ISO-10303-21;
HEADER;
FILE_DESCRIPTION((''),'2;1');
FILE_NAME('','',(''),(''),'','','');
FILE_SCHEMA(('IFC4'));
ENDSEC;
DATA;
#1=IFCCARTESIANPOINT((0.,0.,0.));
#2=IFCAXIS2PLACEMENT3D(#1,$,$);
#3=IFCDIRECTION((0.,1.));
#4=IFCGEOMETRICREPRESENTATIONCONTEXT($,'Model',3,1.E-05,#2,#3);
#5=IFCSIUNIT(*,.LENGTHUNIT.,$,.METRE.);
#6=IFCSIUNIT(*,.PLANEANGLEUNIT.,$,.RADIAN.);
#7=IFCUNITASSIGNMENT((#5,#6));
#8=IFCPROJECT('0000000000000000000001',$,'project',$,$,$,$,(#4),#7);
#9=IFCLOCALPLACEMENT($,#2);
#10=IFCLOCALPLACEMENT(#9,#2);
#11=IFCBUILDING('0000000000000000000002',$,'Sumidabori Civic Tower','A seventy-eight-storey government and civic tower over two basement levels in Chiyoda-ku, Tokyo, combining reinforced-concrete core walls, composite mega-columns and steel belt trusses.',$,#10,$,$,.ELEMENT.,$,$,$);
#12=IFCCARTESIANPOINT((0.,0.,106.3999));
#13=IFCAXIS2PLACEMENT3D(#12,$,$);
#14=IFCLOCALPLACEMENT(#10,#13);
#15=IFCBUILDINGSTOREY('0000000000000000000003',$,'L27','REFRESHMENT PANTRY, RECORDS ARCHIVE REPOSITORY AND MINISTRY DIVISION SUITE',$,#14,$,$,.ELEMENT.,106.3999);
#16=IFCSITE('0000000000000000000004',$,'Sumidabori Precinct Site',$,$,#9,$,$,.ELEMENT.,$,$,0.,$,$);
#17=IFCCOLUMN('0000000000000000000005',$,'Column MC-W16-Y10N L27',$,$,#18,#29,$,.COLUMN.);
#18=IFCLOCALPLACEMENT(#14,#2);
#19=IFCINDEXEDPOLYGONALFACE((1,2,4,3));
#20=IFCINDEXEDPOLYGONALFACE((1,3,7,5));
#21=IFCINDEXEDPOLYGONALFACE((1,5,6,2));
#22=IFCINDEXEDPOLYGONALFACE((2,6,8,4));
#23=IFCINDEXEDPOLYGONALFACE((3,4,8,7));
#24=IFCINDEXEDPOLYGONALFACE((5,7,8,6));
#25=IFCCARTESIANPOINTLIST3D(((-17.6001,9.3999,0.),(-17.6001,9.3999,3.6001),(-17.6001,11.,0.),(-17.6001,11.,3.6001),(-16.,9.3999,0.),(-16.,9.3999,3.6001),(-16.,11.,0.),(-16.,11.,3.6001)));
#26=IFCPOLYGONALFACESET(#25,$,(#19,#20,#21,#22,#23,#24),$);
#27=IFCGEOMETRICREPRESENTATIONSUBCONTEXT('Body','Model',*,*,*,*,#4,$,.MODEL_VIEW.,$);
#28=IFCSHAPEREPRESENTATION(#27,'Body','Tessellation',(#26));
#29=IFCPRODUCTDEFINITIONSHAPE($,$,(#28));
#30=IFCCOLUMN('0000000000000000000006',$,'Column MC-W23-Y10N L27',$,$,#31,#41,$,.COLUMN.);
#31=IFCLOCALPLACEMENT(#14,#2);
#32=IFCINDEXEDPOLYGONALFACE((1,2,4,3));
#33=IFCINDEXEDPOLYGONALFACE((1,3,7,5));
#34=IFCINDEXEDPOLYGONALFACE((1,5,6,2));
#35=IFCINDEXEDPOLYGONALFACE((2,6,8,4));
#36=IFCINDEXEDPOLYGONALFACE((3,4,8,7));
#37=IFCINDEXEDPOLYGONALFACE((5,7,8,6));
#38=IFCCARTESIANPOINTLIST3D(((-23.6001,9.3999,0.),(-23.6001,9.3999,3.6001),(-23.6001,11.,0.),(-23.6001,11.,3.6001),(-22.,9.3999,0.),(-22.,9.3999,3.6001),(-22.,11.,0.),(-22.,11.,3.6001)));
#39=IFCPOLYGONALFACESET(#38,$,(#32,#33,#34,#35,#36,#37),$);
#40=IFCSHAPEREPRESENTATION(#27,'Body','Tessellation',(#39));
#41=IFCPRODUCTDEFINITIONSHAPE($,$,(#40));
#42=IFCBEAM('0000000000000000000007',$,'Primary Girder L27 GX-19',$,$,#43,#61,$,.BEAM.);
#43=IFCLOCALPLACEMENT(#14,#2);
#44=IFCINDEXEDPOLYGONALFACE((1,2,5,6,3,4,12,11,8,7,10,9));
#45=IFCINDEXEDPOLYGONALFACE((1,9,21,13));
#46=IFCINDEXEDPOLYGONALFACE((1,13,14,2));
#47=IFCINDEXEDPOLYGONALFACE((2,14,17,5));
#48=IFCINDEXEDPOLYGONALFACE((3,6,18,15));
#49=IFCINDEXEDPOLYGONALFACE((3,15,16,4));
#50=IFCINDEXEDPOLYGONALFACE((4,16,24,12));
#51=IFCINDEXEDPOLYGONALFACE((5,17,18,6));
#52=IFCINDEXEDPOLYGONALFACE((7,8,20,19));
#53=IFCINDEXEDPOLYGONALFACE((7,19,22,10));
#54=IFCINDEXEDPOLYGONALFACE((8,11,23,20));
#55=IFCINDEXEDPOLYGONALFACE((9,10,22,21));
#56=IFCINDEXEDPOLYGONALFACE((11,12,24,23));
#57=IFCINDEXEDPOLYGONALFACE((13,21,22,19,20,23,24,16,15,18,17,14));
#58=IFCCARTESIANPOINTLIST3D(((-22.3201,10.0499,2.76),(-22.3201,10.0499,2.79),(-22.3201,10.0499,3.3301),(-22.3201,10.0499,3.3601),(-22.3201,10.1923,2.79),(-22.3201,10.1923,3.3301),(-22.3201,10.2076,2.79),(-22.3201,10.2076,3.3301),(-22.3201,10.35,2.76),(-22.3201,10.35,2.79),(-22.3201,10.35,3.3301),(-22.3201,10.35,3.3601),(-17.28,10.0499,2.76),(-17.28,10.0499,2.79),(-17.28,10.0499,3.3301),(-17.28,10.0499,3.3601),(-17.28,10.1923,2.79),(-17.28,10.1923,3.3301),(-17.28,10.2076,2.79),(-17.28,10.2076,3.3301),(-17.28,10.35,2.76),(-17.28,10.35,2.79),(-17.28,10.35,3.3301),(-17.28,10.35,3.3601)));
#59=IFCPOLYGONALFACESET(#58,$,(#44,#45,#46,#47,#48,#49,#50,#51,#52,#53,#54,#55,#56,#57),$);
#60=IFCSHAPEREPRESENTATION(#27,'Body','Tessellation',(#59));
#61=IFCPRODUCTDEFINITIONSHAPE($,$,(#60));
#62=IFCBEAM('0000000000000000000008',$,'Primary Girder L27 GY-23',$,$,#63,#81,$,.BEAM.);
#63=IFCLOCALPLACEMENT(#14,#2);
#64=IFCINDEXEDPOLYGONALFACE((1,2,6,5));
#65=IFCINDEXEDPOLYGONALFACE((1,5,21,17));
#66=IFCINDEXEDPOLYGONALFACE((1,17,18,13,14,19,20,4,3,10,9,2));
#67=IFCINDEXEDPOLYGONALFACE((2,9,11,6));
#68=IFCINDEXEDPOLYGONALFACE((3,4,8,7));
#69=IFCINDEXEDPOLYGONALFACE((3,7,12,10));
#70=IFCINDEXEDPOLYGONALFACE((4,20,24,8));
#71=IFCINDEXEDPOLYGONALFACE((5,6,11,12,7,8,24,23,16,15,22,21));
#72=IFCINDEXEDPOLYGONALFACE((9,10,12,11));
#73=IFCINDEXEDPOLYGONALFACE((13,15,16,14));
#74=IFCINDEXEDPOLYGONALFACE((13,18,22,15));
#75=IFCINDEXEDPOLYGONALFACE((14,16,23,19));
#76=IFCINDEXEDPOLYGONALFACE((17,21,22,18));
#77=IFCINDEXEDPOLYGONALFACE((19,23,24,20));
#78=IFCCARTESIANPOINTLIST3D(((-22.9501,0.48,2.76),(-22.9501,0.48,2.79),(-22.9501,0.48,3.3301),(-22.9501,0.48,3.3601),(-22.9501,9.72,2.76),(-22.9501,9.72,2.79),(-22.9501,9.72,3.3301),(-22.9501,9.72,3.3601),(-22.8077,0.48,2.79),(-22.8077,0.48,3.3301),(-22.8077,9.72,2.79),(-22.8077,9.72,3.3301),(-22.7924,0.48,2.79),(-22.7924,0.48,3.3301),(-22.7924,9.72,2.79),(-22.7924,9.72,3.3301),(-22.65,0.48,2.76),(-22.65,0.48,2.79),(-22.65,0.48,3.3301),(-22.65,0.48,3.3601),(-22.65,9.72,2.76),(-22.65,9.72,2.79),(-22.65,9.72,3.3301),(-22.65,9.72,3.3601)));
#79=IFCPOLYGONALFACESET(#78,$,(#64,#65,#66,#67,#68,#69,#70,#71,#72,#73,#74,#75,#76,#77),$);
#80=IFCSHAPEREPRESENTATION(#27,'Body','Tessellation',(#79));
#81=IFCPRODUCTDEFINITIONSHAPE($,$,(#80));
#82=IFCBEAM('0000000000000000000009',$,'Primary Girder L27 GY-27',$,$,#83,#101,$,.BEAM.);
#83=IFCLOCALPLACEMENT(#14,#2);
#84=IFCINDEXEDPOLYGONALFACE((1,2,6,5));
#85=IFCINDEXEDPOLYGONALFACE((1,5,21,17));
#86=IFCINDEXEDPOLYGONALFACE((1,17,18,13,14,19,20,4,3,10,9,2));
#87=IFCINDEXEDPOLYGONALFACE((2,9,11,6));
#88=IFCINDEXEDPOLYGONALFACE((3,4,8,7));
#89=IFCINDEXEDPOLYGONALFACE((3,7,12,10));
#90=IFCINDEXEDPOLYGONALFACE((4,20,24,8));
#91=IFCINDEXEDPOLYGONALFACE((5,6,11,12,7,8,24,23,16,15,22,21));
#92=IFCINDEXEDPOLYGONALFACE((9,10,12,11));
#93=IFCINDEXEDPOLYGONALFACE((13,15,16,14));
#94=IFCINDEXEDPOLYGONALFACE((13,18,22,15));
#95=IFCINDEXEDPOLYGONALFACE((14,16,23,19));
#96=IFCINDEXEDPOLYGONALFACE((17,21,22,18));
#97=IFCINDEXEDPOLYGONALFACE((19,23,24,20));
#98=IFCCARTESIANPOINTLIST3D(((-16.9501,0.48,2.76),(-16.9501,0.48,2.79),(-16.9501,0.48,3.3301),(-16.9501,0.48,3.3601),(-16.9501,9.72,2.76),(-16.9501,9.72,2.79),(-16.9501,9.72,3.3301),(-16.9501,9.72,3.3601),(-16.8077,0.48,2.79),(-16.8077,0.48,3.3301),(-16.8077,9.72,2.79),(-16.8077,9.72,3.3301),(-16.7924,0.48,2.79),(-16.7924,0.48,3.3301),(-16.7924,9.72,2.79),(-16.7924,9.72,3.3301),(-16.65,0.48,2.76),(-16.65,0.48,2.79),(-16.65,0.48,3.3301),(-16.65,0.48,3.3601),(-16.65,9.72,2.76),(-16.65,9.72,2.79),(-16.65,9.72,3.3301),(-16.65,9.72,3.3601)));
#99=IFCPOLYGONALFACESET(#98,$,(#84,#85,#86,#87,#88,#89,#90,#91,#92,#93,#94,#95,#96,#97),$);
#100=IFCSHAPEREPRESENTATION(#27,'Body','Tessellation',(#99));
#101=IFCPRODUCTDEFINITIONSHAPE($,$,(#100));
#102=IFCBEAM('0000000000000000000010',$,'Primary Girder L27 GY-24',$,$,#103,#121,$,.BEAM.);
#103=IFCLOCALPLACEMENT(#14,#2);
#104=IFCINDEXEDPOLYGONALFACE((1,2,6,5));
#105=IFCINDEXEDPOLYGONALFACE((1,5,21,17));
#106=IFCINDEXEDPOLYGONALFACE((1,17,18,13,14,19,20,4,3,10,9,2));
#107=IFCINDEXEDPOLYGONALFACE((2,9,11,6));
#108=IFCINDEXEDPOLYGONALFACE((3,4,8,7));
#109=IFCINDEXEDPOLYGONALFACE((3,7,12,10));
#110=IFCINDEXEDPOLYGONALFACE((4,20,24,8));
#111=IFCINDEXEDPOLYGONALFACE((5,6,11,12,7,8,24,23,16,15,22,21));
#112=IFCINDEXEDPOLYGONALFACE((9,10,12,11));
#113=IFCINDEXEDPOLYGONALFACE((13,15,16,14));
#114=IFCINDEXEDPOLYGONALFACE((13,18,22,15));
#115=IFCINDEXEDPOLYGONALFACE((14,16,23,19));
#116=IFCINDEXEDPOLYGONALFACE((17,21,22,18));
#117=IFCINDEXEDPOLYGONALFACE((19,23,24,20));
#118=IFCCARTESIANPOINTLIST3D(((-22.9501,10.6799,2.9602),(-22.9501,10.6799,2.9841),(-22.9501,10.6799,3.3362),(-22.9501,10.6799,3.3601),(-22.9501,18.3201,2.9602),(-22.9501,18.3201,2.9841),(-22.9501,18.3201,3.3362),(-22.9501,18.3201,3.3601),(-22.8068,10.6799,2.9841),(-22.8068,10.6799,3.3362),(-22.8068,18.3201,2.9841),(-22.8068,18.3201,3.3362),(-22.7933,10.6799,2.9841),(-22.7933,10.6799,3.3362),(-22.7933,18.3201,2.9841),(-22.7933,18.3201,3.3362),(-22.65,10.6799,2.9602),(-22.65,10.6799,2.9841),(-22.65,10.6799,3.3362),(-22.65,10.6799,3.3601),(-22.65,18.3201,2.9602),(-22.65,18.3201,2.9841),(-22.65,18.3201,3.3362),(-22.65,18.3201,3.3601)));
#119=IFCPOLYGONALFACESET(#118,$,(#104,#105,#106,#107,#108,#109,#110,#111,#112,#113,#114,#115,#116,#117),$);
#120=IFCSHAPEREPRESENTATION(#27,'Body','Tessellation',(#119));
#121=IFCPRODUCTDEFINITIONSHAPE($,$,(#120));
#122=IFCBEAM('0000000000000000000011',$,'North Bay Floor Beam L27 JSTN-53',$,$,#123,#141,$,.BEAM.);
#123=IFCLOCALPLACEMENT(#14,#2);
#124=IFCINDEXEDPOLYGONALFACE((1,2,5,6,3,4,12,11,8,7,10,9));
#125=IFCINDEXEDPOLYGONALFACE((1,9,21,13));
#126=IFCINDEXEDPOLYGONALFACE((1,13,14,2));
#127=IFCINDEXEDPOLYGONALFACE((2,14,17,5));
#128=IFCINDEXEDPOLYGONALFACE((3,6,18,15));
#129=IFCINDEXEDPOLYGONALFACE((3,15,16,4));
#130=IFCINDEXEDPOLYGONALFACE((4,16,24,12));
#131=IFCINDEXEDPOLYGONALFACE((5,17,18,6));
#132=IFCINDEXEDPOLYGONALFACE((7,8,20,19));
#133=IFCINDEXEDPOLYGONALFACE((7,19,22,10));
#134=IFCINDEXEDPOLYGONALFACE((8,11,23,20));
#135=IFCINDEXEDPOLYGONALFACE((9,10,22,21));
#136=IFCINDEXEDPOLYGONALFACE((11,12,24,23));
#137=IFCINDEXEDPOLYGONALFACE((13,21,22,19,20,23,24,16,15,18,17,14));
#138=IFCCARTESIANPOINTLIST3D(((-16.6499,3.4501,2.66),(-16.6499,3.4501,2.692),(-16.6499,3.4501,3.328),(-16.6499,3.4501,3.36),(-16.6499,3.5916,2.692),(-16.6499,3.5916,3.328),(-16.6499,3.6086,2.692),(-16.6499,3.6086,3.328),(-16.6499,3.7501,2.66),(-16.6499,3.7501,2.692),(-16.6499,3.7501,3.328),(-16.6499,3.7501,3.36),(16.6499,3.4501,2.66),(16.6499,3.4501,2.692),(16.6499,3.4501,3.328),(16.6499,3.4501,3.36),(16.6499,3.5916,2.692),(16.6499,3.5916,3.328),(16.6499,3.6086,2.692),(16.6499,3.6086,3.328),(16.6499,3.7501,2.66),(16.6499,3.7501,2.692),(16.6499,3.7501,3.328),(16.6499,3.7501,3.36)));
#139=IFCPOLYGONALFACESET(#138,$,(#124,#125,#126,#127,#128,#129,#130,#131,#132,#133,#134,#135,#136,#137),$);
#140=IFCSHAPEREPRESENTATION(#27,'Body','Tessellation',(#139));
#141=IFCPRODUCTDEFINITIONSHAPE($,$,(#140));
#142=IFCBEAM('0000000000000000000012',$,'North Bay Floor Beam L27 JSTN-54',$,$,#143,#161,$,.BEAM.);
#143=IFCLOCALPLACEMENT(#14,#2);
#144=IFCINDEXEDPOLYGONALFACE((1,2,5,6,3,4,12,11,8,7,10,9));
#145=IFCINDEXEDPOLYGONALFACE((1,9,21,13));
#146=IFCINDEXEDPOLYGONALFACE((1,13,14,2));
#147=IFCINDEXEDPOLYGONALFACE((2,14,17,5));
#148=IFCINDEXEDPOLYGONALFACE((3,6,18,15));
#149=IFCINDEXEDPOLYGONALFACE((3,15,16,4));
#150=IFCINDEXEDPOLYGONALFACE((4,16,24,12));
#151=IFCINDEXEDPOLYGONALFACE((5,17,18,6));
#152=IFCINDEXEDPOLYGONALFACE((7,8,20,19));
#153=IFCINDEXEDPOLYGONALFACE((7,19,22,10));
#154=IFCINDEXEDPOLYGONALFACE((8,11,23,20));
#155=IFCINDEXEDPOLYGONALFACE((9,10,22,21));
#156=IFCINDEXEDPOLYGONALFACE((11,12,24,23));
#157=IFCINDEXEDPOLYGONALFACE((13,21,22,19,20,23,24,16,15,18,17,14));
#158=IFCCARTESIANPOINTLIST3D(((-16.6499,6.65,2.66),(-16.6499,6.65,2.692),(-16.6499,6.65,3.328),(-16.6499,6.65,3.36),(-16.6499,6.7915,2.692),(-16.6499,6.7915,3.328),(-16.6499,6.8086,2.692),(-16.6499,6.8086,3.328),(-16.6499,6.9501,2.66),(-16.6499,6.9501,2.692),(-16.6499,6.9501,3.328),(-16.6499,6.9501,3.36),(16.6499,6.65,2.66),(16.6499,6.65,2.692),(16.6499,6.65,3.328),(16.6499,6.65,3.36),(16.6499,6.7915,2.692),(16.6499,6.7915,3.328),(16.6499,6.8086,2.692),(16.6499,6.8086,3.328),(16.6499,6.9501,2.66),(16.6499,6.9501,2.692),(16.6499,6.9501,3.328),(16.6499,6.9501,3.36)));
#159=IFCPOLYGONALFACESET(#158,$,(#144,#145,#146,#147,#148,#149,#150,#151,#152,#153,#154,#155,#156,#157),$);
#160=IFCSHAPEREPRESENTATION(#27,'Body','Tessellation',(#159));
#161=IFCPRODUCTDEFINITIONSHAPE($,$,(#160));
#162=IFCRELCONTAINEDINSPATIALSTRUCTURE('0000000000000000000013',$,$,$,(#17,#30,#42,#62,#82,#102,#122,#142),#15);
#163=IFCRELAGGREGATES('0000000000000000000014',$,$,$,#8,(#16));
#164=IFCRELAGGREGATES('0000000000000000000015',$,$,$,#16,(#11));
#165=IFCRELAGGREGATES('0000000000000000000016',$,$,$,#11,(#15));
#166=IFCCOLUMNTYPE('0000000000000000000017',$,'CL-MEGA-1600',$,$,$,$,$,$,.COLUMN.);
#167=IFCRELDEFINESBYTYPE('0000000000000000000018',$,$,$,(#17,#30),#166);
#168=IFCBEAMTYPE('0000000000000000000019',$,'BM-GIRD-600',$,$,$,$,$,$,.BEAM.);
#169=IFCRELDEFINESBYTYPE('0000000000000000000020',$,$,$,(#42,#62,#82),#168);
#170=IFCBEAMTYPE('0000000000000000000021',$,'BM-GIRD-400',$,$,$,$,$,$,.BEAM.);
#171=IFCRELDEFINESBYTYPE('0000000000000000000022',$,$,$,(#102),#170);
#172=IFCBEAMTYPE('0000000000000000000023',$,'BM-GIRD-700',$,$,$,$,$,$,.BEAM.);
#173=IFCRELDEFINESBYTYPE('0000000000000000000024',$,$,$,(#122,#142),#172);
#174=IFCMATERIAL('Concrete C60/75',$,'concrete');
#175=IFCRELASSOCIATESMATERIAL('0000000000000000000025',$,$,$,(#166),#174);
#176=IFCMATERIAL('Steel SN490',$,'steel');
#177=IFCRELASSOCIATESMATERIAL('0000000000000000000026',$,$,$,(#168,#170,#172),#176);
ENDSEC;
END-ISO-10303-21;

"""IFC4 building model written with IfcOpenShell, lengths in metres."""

from ifc_helpers import new_model, si_unit, direction, frame, origin, origin_2d, place, context, subcontext, project, spatial, rectangle, i_section, extrude, source, transform, mapped, material, material_profile, profile_set, type_object, element, save


model = new_model("IFC4")

# Units and contexts
model_context = context("Model", 3, precision=1e-05, world=origin(), true_north=direction((0.0, 1.0)))
body_context = subcontext(model_context, "Body", "Model", "MODEL_VIEW")
ifc_project = project(units=[si_unit("LENGTHUNIT", "METRE"), si_unit("PLANEANGLEUNIT", "RADIAN")], contexts=[model_context])

# Site, building, storey
site_placement = place(None, origin())
site = spatial("IfcSite", under=ifc_project, at=site_placement, Name="Sumidabori Precinct Site", CompositionType="ELEMENT", RefElevation=0.0)
building_placement = place(site_placement, origin())
building = spatial("IfcBuilding", under=site, at=building_placement, Name="Sumidabori Civic Tower", Description="A seventy-eight-storey government and civic tower over two basement levels in Chiyoda-ku, Tokyo, combining reinforced-concrete core walls, composite mega-columns and steel belt trusses.", CompositionType="ELEMENT")
storey_placement = place(building_placement, frame((0.0, 0.0, 106.3999)))
storey = spatial("IfcBuildingStorey", under=building, at=storey_placement, Name="L27", Description="REFRESHMENT PANTRY, RECORDS ARCHIVE REPOSITORY AND MINISTRY DIVISION SUITE", CompositionType="ELEMENT", Elevation=106.3999)

# Columns
ifc_material_1 = material(Name="Concrete C60/75", Category="concrete")
ifc_material_profile_1 = material_profile(ifc_material_1, rectangle(XDim=1.6001, YDim=1.6001, at=origin_2d()), Name="RC 1600x1600")
ifc_profile_set_1 = profile_set([ifc_material_profile_1], Name="Concrete C60/75")
column_type = type_object("IfcColumnType", Name="CL-MEGA-1600", PredefinedType="COLUMN", material=ifc_profile_set_1)
shared_shape_1 = source(origin(), body_context, "Body", "SweptSolid", [
    extrude(rectangle(XDim=1.6001, YDim=1.6001, at=origin_2d()), origin(), (0.0, 0.0, 1.0), 3.6001),
])
for number, where, z_axis, x_axis, name in (
    (1, (-16.8, 10.2, 0.0), (0.0, 0.0, 1.0), (1.0, 0.0, 0.0), "Column MC-W16-Y10N L27"),
    (2, (-22.8, 10.2, 0.0), (0.0, 0.0, 1.0), (1.0, 0.0, 0.0), "Column MC-W23-Y10N L27"),
):
    element("IfcColumn", number, at=place(storey_placement, frame(where, z_axis=z_axis, x_axis=x_axis)), inside=storey, type_object=column_type, Name=name, PredefinedType="COLUMN", context=body_context, shape_type="MappedRepresentation", body=[
        mapped(shared_shape_1, transform((0.0, 0.0, 0.0), x_axis=(1.0, 0.0, 0.0), y_axis=(0.0, 1.0, 0.0), z_axis=(0.0, 0.0, 1.0), scale=1.0)),
    ])

# Beams
ifc_material_2 = material(Name="Steel SN490", Category="steel")
ifc_material_profile_2 = material_profile(ifc_material_2, i_section(OverallWidth=0.3, OverallDepth=0.6001, WebThickness=0.0154, FlangeThickness=0.03, at=origin_2d()), Name="HE 600 B")
ifc_profile_set_2 = profile_set([ifc_material_profile_2], Name="Steel SN490")
beam_type_1 = type_object("IfcBeamType", Name="BM-GIRD-600", PredefinedType="BEAM", material=ifc_profile_set_2)
shared_shape_2 = source(origin(), body_context, "Body", "SweptSolid", [
    extrude(i_section(OverallWidth=0.3, OverallDepth=0.6001, WebThickness=0.0154, FlangeThickness=0.03, at=origin_2d()), origin(), (0.0, 0.0, 1.0), 5.04),
])
beam_1_placement = place(storey_placement, frame((-22.3201, 10.2, 3.0601), z_axis=(1.0, 0.0, 0.0), x_axis=(0.0, 1.0, 0.0)))
element("IfcBeam", 3, at=beam_1_placement, inside=storey, type_object=beam_type_1, Name="Primary Girder L27 GX-19", PredefinedType="BEAM", context=body_context, shape_type="MappedRepresentation", body=[
    mapped(shared_shape_2, transform((0.0, 0.0, 0.0), x_axis=(1.0, 0.0, 0.0), y_axis=(0.0, 1.0, 0.0), z_axis=(0.0, 0.0, 1.0), scale=1.0)),
])
shared_shape_3 = source(origin(), body_context, "Body", "SweptSolid", [
    extrude(i_section(OverallWidth=0.3, OverallDepth=0.6001, WebThickness=0.0154, FlangeThickness=0.03, at=origin_2d()), origin(), (0.0, 0.0, 1.0), 9.24),
])
for number, where, z_axis, x_axis, name in (
    (4, (-22.8, 0.48, 3.0601), (0.0, 1.0, 0.0), (-1.0, 0.0, 0.0), "Primary Girder L27 GY-23"),
    (5, (-16.8, 0.48, 3.0601), (0.0, 1.0, 0.0), (-1.0, 0.0, 0.0), "Primary Girder L27 GY-27"),
):
    element("IfcBeam", number, at=place(storey_placement, frame(where, z_axis=z_axis, x_axis=x_axis)), inside=storey, type_object=beam_type_1, Name=name, PredefinedType="BEAM", context=body_context, shape_type="MappedRepresentation", body=[
        mapped(shared_shape_3, transform((0.0, 0.0, 0.0), x_axis=(1.0, 0.0, 0.0), y_axis=(0.0, 1.0, 0.0), z_axis=(0.0, 0.0, 1.0), scale=1.0)),
    ])
ifc_material_profile_3 = material_profile(ifc_material_2, i_section(OverallWidth=0.3, OverallDepth=0.3999, WebThickness=0.0134, FlangeThickness=0.0239, at=origin_2d()), Name="HE 400 B")
ifc_profile_set_3 = profile_set([ifc_material_profile_3], Name="Steel SN490")
beam_type_2 = type_object("IfcBeamType", Name="BM-GIRD-400", PredefinedType="BEAM", material=ifc_profile_set_3)
shared_shape_4 = source(origin(), body_context, "Body", "SweptSolid", [
    extrude(i_section(OverallWidth=0.3, OverallDepth=0.3999, WebThickness=0.0134, FlangeThickness=0.0239, at=origin_2d()), origin(), (0.0, 0.0, 1.0), 7.6401),
])
beam_2_placement = place(storey_placement, frame((-22.8, 10.6799, 3.1602), z_axis=(0.0, 1.0, 0.0), x_axis=(-1.0, 0.0, 0.0)))
element("IfcBeam", 6, at=beam_2_placement, inside=storey, type_object=beam_type_2, Name="Primary Girder L27 GY-24", PredefinedType="BEAM", context=body_context, shape_type="MappedRepresentation", body=[
    mapped(shared_shape_4, transform((0.0, 0.0, 0.0), x_axis=(1.0, 0.0, 0.0), y_axis=(0.0, 1.0, 0.0), z_axis=(0.0, 0.0, 1.0), scale=1.0)),
])
ifc_material_profile_4 = material_profile(ifc_material_2, i_section(OverallWidth=0.3, OverallDepth=0.7, WebThickness=0.0171, FlangeThickness=0.032, at=origin_2d()), Name="HE 700 B")
ifc_profile_set_4 = profile_set([ifc_material_profile_4], Name="Steel SN490")
beam_type_3 = type_object("IfcBeamType", Name="BM-GIRD-700", PredefinedType="BEAM", material=ifc_profile_set_4)
shared_shape_5 = source(origin(), body_context, "Body", "SweptSolid", [
    extrude(i_section(OverallWidth=0.3, OverallDepth=0.7, WebThickness=0.0171, FlangeThickness=0.032, at=origin_2d()), origin(), (0.0, 0.0, 1.0), 33.2998),
])
for number, where, z_axis, x_axis, name in (
    (7, (-16.6499, 3.6001, 3.01), (1.0, 0.0, 0.0), (0.0, 1.0, 0.0), "North Bay Floor Beam L27 JSTN-53"),
    (8, (-16.6499, 6.8, 3.01), (1.0, 0.0, 0.0), (0.0, 1.0, 0.0), "North Bay Floor Beam L27 JSTN-54"),
):
    element("IfcBeam", number, at=place(storey_placement, frame(where, z_axis=z_axis, x_axis=x_axis)), inside=storey, type_object=beam_type_3, Name=name, PredefinedType="BEAM", context=body_context, shape_type="MappedRepresentation", body=[
        mapped(shared_shape_5, transform((0.0, 0.0, 0.0), x_axis=(1.0, 0.0, 0.0), y_axis=(0.0, 1.0, 0.0), z_axis=(0.0, 0.0, 1.0), scale=1.0)),
    ])

save(model, "model.ifc")
